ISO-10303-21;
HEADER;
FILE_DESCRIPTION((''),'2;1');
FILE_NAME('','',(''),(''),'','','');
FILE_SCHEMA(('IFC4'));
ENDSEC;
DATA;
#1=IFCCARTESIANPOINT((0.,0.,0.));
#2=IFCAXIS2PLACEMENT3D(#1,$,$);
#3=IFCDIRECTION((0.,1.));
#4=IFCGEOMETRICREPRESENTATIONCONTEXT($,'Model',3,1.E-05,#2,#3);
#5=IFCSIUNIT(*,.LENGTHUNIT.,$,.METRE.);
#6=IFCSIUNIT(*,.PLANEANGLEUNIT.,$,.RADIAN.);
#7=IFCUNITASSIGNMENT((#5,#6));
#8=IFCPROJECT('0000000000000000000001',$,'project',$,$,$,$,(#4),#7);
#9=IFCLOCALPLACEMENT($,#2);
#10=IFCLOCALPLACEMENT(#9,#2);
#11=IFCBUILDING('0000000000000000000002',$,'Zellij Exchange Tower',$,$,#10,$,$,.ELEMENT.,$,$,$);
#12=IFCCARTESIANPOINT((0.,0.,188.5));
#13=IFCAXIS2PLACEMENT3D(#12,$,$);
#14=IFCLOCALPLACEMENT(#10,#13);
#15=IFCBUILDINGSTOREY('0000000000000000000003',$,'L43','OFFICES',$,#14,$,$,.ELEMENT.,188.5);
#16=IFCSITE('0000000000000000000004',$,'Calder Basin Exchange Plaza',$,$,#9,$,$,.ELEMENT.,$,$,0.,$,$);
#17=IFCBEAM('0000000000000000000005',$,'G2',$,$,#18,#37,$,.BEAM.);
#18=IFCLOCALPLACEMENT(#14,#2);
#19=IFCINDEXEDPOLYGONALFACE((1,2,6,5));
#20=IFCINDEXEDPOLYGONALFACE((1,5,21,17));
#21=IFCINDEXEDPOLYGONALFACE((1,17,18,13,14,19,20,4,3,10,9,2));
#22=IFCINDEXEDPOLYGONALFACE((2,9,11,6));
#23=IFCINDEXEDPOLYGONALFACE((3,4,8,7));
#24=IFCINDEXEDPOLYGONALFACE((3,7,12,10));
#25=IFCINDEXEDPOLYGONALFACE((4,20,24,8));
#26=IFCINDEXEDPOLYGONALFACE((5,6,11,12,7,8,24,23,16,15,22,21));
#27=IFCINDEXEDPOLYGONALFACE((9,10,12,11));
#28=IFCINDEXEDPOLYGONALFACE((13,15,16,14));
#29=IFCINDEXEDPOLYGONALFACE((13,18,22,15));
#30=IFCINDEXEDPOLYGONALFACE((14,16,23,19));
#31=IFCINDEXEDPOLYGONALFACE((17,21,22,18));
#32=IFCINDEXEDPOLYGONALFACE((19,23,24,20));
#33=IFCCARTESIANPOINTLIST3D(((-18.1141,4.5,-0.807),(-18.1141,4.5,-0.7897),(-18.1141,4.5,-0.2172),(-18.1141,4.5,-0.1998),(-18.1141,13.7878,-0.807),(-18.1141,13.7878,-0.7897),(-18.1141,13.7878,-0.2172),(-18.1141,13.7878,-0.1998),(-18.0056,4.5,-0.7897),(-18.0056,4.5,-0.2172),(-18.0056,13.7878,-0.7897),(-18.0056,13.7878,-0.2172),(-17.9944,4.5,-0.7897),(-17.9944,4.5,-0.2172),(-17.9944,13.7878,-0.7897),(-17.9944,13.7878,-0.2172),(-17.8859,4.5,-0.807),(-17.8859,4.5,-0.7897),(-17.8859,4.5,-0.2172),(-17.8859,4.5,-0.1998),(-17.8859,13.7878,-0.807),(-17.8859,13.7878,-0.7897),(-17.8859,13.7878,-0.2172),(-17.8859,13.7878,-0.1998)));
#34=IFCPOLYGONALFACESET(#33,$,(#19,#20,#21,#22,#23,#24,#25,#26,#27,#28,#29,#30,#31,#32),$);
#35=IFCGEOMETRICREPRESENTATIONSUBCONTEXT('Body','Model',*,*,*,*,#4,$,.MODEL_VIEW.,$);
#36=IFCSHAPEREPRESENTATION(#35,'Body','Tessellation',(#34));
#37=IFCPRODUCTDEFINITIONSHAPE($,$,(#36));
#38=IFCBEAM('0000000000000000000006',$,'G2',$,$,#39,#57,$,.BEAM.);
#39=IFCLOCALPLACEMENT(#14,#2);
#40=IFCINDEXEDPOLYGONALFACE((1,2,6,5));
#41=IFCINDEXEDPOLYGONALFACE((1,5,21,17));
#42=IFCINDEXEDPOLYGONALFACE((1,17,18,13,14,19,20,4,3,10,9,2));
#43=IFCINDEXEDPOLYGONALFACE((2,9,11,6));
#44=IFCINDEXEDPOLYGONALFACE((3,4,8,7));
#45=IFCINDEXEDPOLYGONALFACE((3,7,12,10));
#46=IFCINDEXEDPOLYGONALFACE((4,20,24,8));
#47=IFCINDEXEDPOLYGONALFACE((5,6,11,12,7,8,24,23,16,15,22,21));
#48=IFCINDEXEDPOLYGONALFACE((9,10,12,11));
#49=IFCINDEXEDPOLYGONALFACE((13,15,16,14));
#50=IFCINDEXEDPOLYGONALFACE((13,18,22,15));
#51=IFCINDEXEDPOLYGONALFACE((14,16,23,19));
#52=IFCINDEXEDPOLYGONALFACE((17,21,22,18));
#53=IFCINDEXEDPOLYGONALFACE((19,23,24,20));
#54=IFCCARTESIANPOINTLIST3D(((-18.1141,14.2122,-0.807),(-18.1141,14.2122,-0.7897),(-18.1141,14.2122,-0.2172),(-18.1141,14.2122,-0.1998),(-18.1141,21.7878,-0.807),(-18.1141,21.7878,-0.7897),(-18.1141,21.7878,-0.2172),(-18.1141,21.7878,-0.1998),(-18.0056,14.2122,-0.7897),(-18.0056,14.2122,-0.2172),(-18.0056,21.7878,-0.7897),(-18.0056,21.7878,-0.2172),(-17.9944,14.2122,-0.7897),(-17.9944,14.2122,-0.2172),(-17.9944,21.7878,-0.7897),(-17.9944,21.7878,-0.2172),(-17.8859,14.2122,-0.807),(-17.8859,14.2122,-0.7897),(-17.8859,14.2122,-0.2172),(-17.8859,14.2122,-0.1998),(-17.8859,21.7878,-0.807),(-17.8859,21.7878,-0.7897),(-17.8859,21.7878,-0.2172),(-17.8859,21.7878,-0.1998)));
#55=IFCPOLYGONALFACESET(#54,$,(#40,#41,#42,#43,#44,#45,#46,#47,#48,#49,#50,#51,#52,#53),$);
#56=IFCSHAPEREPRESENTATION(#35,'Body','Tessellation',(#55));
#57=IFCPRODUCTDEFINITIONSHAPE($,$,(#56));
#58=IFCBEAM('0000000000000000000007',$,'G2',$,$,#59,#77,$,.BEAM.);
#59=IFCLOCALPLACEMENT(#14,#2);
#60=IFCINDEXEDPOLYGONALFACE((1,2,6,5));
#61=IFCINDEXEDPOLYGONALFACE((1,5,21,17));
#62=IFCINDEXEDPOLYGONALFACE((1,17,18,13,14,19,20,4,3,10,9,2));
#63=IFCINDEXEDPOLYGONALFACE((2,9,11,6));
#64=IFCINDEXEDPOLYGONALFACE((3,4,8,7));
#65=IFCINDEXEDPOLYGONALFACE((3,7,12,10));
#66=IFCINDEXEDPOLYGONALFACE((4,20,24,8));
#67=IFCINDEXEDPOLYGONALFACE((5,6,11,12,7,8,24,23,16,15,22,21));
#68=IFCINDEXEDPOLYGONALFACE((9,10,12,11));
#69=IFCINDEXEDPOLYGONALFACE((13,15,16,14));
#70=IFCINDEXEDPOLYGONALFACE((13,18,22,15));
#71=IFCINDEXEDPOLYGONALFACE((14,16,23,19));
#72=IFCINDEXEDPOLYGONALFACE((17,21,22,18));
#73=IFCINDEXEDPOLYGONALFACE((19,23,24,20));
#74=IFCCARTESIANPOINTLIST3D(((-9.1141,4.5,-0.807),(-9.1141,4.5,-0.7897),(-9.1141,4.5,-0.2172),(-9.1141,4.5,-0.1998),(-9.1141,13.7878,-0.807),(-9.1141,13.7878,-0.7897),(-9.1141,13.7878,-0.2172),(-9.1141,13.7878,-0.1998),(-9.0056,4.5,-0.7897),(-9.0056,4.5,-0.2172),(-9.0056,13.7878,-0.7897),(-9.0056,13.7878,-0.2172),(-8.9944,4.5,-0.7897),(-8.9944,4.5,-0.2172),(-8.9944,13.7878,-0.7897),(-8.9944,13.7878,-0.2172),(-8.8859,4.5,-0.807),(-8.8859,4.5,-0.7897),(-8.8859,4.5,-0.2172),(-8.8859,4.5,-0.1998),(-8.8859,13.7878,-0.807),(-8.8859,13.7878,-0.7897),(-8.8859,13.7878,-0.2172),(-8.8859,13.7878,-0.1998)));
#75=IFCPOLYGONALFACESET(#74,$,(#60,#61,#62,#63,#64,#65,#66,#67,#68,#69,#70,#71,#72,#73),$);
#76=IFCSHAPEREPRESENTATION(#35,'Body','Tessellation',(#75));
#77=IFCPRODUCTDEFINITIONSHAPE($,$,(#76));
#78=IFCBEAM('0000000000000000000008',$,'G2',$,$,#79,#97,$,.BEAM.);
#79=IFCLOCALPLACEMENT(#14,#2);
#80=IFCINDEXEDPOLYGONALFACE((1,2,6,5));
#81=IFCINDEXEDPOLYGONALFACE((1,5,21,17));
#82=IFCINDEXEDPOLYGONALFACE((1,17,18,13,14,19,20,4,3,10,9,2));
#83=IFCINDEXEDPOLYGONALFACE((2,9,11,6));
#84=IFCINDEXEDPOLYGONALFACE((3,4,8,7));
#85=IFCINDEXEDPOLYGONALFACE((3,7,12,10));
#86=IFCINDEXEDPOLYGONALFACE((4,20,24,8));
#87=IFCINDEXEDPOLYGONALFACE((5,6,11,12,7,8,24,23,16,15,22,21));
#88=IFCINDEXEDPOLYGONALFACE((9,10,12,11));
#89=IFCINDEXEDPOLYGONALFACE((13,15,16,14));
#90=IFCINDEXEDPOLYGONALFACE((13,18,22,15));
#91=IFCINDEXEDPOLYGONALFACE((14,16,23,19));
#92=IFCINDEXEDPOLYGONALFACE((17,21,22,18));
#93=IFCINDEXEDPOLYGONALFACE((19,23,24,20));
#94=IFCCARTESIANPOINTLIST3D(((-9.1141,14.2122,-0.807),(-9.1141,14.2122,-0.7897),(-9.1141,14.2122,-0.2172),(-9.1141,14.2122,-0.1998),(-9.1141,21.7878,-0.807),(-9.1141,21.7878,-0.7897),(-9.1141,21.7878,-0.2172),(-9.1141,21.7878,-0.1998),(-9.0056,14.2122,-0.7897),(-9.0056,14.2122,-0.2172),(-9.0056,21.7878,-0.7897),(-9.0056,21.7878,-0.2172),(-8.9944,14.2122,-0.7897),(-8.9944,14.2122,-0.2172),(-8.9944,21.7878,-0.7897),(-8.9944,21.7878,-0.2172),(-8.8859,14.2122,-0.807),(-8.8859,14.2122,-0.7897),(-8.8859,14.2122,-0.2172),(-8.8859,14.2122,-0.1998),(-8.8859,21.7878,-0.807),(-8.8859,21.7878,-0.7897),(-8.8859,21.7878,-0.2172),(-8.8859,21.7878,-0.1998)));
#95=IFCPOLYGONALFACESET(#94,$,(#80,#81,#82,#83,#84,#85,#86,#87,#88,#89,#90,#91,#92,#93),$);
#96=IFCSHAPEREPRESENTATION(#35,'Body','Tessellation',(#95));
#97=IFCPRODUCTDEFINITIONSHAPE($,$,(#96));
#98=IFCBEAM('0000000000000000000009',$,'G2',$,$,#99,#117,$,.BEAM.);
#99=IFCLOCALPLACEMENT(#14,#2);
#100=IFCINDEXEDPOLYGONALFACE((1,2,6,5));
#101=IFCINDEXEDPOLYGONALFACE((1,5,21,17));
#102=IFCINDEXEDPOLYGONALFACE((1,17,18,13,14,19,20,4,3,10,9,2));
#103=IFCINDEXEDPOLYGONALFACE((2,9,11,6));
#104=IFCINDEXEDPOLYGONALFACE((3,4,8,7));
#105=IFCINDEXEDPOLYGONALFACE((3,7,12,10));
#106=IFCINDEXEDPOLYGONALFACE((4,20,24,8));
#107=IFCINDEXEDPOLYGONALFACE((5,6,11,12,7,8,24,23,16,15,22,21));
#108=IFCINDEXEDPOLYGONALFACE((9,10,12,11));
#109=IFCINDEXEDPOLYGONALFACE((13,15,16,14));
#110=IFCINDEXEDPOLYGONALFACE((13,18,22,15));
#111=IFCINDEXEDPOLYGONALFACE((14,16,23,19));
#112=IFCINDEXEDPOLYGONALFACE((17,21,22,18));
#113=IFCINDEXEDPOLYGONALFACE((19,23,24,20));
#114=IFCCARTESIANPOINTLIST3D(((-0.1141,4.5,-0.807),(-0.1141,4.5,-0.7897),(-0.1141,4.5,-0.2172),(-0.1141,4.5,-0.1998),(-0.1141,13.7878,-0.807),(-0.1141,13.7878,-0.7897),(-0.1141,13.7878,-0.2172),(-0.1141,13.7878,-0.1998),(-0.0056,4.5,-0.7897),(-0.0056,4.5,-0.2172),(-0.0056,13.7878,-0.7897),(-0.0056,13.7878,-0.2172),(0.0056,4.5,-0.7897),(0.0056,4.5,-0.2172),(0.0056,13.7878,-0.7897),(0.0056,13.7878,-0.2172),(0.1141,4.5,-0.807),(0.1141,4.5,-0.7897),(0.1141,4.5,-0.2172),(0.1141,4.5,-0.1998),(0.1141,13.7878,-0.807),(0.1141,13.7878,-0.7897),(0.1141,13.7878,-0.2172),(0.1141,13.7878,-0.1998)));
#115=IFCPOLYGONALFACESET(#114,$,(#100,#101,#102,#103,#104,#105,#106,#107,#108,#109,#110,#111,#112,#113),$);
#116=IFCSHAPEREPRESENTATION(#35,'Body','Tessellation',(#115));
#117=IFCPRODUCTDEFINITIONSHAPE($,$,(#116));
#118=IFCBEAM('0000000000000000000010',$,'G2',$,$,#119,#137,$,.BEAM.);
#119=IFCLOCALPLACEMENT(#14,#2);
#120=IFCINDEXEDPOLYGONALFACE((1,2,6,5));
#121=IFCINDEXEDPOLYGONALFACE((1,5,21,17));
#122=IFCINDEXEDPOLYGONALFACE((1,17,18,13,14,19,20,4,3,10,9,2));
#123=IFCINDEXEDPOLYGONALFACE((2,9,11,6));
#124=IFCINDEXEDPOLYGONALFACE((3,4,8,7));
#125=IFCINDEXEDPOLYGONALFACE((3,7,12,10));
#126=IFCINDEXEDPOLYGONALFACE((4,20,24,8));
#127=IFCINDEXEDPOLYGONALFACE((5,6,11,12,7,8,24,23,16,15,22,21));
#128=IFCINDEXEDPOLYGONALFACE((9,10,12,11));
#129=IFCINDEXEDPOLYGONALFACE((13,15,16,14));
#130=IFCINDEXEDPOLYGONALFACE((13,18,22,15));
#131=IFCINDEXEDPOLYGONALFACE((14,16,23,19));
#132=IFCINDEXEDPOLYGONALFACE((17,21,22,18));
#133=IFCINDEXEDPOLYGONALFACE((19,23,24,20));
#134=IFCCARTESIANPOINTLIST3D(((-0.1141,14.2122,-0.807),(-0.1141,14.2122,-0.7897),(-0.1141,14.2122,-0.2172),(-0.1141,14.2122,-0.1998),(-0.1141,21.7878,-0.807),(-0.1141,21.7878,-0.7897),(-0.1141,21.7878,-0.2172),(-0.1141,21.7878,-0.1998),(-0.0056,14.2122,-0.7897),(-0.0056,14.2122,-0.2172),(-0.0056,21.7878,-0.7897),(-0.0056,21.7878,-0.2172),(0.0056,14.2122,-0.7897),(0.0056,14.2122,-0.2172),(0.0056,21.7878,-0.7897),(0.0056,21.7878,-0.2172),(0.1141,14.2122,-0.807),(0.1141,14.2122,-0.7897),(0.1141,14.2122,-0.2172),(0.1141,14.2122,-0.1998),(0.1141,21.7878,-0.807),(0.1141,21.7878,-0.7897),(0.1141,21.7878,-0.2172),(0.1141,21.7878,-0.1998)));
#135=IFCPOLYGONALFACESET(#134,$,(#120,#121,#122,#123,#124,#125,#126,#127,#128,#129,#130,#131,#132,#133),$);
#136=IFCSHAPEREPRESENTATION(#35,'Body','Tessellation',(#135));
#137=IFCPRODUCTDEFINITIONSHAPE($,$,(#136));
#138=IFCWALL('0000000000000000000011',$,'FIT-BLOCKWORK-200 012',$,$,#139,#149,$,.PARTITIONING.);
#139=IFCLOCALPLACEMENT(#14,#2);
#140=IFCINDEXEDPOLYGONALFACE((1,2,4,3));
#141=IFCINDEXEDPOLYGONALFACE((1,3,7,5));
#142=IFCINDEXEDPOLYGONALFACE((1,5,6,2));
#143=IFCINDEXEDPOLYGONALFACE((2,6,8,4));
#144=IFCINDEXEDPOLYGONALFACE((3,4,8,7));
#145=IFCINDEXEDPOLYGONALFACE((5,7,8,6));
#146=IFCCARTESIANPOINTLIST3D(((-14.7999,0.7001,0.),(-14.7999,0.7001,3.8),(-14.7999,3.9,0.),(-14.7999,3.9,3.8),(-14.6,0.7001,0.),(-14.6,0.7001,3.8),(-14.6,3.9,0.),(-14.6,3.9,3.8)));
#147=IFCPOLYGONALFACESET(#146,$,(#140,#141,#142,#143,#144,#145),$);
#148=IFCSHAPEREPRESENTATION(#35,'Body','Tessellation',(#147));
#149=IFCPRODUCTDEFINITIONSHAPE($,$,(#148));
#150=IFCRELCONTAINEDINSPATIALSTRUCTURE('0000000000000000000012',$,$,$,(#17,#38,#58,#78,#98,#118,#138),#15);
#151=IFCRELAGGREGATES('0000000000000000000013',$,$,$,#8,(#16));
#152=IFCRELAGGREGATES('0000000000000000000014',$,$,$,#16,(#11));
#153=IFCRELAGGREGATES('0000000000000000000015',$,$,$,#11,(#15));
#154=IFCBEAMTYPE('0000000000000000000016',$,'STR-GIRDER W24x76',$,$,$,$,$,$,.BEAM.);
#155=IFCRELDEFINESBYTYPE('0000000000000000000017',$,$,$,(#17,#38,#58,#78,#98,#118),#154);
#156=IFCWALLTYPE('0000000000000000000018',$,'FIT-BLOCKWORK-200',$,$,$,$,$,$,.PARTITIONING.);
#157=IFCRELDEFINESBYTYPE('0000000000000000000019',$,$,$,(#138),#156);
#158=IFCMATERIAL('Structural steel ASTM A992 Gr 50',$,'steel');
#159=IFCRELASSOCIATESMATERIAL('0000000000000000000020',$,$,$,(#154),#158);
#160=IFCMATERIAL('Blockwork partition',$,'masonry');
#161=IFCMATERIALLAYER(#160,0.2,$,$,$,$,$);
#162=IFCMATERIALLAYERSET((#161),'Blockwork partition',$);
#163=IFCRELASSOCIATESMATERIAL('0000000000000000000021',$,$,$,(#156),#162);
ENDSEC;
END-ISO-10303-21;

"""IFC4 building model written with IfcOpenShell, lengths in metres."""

from ifc_helpers import new_model, si_unit, direction, frame, frame_2d, origin, origin_2d, place, context, subcontext, project, spatial, rectangle, i_section, extrude, material, layer, layer_set, material_profile, profile_set, type_object, element, save


model = new_model("IFC4")

# Units and contexts
model_context = context("Model", 3, precision=1e-05, world=origin(), true_north=direction((0.0, 1.0)))
body_context = subcontext(model_context, "Body", "Model", "MODEL_VIEW")
ifc_project = project(units=[si_unit("LENGTHUNIT", "METRE"), si_unit("PLANEANGLEUNIT", "RADIAN")], contexts=[model_context])

# Site, building, storey
site_placement = place(None, origin())
site = spatial("IfcSite", under=ifc_project, at=site_placement, Name="Calder Basin Exchange Plaza", CompositionType="ELEMENT", RefElevation=0.0)
building_placement = place(site_placement, origin())
building = spatial("IfcBuilding", under=site, at=building_placement, Name="Zellij Exchange Tower", CompositionType="ELEMENT")
storey_placement = place(building_placement, frame((0.0, 0.0, 188.5)))
storey = spatial("IfcBuildingStorey", under=building, at=storey_placement, Name="L43", Description="OFFICES", CompositionType="ELEMENT", Elevation=188.5)

# Beams
ifc_material_1 = material(Name="Structural steel ASTM A992 Gr 50", Category="steel")
ifc_material_profile_1 = material_profile(ifc_material_1, i_section(OverallWidth=0.2283, OverallDepth=0.6072, WebThickness=0.0112, FlangeThickness=0.0173, at=origin_2d()), Name="W24x76")
ifc_profile_set_1 = profile_set([ifc_material_profile_1], Name="Structural steel ASTM A992 Gr 50")
beam_type = type_object("IfcBeamType", Name="STR-GIRDER W24x76", PredefinedType="BEAM", material=ifc_profile_set_1)
beam_1_placement = place(storey_placement, frame((-18.0, 4.5, -0.5034), z_axis=(0.0, 1.0, 0.0), x_axis=(-1.0, 0.0, 0.0)))
element("IfcBeam", 1, at=beam_1_placement, inside=storey, type_object=beam_type, Name="G2", PredefinedType="BEAM", context=body_context, shape_type="SweptSolid", body=[
    extrude(i_section(OverallWidth=0.2283, OverallDepth=0.6072, WebThickness=0.0112, FlangeThickness=0.0173, at=origin_2d()), origin(), (0.0, 0.0, 1.0), 9.2878),
])
beam_2_placement = place(storey_placement, frame((-18.0, 14.2122, -0.5034), z_axis=(0.0, 1.0, 0.0), x_axis=(-1.0, 0.0, 0.0)))
element("IfcBeam", 2, at=beam_2_placement, inside=storey, type_object=beam_type, Name="G2", PredefinedType="BEAM", context=body_context, shape_type="SweptSolid", body=[
    extrude(i_section(OverallWidth=0.2283, OverallDepth=0.6072, WebThickness=0.0112, FlangeThickness=0.0173, at=origin_2d()), origin(), (0.0, 0.0, 1.0), 7.5757),
])
beam_3_placement = place(storey_placement, frame((-9.0, 4.5, -0.5034), z_axis=(0.0, 1.0, 0.0), x_axis=(-1.0, 0.0, 0.0)))
element("IfcBeam", 3, at=beam_3_placement, inside=storey, type_object=beam_type, Name="G2", PredefinedType="BEAM", context=body_context, shape_type="SweptSolid", body=[
    extrude(i_section(OverallWidth=0.2283, OverallDepth=0.6072, WebThickness=0.0112, FlangeThickness=0.0173, at=origin_2d()), origin(), (0.0, 0.0, 1.0), 9.2878),
])
beam_4_placement = place(storey_placement, frame((-9.0, 14.2122, -0.5034), z_axis=(0.0, 1.0, 0.0), x_axis=(-1.0, 0.0, 0.0)))
element("IfcBeam", 4, at=beam_4_placement, inside=storey, type_object=beam_type, Name="G2", PredefinedType="BEAM", context=body_context, shape_type="SweptSolid", body=[
    extrude(i_section(OverallWidth=0.2283, OverallDepth=0.6072, WebThickness=0.0112, FlangeThickness=0.0173, at=origin_2d()), origin(), (0.0, 0.0, 1.0), 7.5757),
])
beam_5_placement = place(storey_placement, frame((0.0, 4.5, -0.5034), z_axis=(0.0, 1.0, 0.0), x_axis=(-1.0, 0.0, 0.0)))
element("IfcBeam", 5, at=beam_5_placement, inside=storey, type_object=beam_type, Name="G2", PredefinedType="BEAM", context=body_context, shape_type="SweptSolid", body=[
    extrude(i_section(OverallWidth=0.2283, OverallDepth=0.6072, WebThickness=0.0112, FlangeThickness=0.0173, at=origin_2d()), origin(), (0.0, 0.0, 1.0), 9.2878),
])
beam_6_placement = place(storey_placement, frame((0.0, 14.2122, -0.5034), z_axis=(0.0, 1.0, 0.0), x_axis=(-1.0, 0.0, 0.0)))
element("IfcBeam", 6, at=beam_6_placement, inside=storey, type_object=beam_type, Name="G2", PredefinedType="BEAM", context=body_context, shape_type="SweptSolid", body=[
    extrude(i_section(OverallWidth=0.2283, OverallDepth=0.6072, WebThickness=0.0112, FlangeThickness=0.0173, at=origin_2d()), origin(), (0.0, 0.0, 1.0), 7.5757),
])

# Wall
ifc_material_2 = material(Name="Blockwork partition", Category="masonry")
ifc_layer_1 = layer(ifc_material_2, 0.2)
ifc_layer_set_1 = layer_set([ifc_layer_1], Name="Blockwork partition")
wall_type_1 = type_object("IfcWallType", Name="FIT-BLOCKWORK-200", PredefinedType="PARTITIONING", material=ifc_layer_set_1)
wall_1_placement = place(storey_placement, frame((-14.7, 0.7, 0.0), z_axis=(0.0, 0.0, 1.0), x_axis=(0.0, 1.0, 0.0)))
element("IfcWall", 7, at=wall_1_placement, inside=storey, type_object=wall_type_1, Name="FIT-BLOCKWORK-200 012", PredefinedType="PARTITIONING", context=body_context, shape_type="SweptSolid", body=[
    extrude(rectangle(XDim=3.2, YDim=0.2, at=frame_2d((1.6001, 0.0))), origin(), (0.0, 0.0, 1.0), 3.8),
])

save(model, "model.ifc")
